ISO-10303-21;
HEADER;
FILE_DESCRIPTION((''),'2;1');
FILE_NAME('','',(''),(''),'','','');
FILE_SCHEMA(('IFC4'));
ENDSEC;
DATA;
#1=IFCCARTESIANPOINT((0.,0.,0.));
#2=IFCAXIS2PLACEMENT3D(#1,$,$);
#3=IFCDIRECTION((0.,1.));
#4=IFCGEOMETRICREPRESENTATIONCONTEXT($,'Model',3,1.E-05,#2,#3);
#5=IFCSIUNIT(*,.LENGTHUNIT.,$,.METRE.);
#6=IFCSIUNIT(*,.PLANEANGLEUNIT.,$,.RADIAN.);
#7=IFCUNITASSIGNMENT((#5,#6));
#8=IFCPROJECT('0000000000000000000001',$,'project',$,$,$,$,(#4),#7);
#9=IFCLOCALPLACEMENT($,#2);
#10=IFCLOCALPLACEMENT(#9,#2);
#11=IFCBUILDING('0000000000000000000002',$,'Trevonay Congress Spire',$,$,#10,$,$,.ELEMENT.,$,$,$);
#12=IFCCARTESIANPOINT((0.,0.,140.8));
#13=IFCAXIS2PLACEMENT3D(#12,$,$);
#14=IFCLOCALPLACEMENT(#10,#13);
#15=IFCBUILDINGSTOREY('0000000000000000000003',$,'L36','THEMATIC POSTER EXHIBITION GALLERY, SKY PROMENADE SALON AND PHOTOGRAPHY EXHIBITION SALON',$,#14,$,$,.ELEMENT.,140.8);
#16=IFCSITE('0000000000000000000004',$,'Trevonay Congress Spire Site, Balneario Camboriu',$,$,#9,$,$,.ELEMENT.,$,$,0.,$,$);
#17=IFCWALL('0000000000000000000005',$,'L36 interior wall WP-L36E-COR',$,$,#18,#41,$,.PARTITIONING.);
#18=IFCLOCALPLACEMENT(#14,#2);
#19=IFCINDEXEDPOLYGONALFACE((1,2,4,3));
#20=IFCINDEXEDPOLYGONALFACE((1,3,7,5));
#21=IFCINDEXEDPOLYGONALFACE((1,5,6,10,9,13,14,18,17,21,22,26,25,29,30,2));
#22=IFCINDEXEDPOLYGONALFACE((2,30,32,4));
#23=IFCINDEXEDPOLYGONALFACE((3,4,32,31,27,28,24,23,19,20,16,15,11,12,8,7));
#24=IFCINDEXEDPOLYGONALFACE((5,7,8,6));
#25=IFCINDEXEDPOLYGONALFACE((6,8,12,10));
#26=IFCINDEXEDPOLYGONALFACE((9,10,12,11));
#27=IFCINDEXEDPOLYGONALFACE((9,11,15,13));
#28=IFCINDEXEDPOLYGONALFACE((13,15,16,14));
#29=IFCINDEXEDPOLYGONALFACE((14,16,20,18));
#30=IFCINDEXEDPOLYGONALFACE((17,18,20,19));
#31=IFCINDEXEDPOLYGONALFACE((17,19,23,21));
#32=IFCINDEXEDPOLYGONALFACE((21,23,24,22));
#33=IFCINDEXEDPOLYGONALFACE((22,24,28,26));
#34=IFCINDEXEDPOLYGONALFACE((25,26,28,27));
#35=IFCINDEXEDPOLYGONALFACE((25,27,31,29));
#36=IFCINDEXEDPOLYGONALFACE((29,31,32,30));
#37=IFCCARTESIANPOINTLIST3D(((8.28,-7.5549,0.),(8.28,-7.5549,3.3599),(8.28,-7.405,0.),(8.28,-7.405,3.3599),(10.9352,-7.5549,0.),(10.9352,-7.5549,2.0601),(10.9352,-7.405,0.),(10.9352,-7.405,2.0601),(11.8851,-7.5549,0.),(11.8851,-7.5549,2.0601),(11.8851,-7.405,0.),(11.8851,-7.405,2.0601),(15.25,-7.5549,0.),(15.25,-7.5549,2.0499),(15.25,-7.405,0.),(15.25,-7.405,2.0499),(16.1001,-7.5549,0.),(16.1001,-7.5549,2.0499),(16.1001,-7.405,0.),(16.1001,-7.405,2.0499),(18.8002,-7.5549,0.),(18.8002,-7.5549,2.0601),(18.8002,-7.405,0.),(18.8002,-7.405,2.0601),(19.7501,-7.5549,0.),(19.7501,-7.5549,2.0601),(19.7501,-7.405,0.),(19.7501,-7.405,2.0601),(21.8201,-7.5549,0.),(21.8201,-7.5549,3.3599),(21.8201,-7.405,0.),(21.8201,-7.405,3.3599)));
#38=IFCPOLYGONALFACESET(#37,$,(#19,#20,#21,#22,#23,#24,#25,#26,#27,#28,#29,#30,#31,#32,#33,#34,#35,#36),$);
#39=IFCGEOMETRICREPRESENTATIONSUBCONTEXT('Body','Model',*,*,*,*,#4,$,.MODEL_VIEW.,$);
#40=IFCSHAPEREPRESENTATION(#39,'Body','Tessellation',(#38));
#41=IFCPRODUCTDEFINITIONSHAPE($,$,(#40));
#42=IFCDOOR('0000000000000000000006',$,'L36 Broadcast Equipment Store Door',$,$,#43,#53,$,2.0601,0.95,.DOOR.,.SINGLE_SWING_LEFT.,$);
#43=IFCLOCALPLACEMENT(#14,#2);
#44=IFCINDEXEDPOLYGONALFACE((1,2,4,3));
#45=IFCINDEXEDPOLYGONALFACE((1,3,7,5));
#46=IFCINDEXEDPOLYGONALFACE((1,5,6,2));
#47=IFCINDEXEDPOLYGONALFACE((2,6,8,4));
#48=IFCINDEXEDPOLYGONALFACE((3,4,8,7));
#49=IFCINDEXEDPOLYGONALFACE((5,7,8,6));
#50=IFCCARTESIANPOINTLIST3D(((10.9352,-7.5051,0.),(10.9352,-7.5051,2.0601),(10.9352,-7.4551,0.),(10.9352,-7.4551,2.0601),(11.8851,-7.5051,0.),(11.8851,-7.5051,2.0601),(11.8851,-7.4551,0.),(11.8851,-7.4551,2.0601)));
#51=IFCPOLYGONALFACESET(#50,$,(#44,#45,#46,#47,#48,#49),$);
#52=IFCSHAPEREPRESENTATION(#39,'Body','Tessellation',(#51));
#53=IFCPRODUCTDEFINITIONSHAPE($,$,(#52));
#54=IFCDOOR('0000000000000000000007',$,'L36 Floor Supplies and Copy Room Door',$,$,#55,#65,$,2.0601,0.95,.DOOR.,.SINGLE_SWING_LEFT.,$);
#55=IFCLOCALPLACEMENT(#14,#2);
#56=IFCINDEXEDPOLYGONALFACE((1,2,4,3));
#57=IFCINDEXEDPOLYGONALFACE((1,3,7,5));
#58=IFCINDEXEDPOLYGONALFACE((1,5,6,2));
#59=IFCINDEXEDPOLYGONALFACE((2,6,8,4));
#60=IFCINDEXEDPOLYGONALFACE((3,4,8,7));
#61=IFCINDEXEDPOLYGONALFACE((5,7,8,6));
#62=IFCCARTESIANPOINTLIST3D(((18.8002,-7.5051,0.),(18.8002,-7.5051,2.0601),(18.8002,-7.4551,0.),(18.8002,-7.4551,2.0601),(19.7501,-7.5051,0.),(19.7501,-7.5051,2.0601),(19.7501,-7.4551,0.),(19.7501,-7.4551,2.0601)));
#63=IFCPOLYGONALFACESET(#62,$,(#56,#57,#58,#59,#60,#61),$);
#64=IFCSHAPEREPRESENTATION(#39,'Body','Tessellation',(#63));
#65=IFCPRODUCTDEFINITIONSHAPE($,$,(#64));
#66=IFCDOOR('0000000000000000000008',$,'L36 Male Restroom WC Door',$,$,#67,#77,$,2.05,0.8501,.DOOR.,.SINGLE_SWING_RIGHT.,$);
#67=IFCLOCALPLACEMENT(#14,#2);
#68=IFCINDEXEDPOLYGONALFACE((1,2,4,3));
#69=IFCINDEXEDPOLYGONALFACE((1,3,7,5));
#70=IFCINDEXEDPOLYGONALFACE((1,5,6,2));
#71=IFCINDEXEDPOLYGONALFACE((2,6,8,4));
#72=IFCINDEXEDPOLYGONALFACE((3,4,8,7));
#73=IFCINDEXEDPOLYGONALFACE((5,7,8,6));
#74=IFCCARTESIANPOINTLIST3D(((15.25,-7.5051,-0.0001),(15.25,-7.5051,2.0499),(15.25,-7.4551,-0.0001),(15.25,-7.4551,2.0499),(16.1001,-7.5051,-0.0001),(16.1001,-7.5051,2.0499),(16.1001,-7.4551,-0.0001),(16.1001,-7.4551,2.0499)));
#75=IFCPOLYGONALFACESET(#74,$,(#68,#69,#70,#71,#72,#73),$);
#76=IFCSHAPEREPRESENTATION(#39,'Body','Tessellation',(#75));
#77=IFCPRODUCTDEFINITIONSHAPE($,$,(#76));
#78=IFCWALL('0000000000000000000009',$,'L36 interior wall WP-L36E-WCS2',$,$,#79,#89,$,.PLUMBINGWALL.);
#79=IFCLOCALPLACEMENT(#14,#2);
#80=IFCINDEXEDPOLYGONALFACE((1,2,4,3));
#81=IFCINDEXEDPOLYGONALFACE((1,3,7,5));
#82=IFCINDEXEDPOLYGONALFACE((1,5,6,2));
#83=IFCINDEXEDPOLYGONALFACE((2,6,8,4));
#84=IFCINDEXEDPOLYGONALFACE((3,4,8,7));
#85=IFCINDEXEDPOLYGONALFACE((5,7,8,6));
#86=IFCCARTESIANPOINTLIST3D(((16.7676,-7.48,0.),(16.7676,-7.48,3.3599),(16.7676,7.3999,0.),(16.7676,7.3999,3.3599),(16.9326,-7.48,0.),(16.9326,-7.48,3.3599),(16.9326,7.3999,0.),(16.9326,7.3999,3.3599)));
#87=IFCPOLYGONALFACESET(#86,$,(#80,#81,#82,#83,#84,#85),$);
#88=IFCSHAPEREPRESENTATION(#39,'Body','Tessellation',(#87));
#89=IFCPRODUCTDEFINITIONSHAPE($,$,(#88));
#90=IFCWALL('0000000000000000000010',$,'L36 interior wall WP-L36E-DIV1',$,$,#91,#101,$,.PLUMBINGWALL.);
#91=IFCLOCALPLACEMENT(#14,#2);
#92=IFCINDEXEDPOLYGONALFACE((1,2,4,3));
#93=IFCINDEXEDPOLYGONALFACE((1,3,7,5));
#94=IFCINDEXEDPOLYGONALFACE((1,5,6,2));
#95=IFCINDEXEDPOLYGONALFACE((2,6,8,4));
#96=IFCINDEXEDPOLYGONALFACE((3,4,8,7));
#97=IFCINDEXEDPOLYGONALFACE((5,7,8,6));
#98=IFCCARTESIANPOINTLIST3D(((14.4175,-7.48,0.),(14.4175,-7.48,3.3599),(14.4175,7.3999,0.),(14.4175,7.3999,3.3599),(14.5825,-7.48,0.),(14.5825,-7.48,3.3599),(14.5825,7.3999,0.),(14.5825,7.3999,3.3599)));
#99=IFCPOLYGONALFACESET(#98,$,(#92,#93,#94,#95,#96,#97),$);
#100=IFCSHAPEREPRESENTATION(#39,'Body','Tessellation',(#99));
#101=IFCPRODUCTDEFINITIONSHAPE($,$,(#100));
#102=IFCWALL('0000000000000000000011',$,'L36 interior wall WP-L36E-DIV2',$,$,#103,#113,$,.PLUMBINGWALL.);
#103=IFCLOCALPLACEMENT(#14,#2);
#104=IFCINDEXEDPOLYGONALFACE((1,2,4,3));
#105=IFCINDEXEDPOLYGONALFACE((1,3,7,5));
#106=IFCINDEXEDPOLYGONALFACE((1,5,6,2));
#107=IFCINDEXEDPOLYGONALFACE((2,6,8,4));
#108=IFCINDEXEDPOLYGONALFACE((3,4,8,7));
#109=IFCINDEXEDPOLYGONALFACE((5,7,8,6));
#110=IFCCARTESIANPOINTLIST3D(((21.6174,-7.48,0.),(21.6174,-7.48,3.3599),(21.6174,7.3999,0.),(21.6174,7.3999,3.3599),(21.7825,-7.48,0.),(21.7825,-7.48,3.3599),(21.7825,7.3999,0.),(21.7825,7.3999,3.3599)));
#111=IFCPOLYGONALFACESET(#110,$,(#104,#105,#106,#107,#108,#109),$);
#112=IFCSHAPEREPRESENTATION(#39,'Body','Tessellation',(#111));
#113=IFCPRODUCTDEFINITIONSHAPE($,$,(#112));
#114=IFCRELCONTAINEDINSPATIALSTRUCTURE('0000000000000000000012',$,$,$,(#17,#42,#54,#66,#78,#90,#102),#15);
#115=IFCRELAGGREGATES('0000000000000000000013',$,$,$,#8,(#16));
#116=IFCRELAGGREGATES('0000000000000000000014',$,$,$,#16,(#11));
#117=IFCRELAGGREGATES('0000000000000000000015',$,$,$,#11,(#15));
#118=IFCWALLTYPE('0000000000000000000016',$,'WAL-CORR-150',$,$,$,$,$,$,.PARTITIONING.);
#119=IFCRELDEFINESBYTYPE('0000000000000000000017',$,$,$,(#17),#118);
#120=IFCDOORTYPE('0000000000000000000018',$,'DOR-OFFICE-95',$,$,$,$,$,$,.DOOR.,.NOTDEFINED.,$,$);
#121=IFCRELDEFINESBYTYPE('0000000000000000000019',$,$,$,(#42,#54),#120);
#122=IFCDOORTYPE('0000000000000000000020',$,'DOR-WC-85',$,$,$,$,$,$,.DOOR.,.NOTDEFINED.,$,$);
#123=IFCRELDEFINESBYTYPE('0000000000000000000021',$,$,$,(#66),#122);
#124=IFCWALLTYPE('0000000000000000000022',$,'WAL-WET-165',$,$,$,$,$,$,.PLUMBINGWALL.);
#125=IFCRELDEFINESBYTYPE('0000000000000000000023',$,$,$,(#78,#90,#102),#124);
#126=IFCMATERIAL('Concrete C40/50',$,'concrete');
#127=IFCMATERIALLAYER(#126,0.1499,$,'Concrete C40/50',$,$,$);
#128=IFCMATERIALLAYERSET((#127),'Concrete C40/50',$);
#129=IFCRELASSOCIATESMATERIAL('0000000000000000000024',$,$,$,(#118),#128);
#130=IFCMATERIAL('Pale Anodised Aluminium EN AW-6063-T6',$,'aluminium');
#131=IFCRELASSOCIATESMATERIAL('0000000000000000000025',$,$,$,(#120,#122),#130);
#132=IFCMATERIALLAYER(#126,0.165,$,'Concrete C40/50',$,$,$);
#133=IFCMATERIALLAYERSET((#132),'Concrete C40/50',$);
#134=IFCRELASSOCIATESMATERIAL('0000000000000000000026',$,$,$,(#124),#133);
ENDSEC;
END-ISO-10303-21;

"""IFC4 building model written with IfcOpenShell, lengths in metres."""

from ifc_helpers import new_model, si_unit, direction, frame, frame_2d, origin, place, context, subcontext, project, spatial, rectangle, extrude, material, layer, layer_set, type_object, element, fill, save


model = new_model("IFC4")

# Units and contexts
model_context = context("Model", 3, precision=1e-05, world=origin(), true_north=direction((0.0, 1.0)))
body_context = subcontext(model_context, "Body", "Model", "MODEL_VIEW")
ifc_project = project(units=[si_unit("LENGTHUNIT", "METRE"), si_unit("PLANEANGLEUNIT", "RADIAN")], contexts=[model_context])

# Site, building, storey
site_placement = place(None, origin())
site = spatial("IfcSite", under=ifc_project, at=site_placement, Name="Trevonay Congress Spire Site, Balneario Camboriu", CompositionType="ELEMENT", RefElevation=0.0)
building_placement = place(site_placement, origin())
building = spatial("IfcBuilding", under=site, at=building_placement, Name="Trevonay Congress Spire", CompositionType="ELEMENT")
storey_placement = place(building_placement, frame((0.0, 0.0, 140.8)))
storey = spatial("IfcBuildingStorey", under=building, at=storey_placement, Name="L36", Description="THEMATIC POSTER EXHIBITION GALLERY, SKY PROMENADE SALON AND PHOTOGRAPHY EXHIBITION SALON", CompositionType="ELEMENT", Elevation=140.8)

# Shared definitions
ifc_material_1 = material(Name="Pale Anodised Aluminium EN AW-6063-T6", Category="aluminium")

# Wall, openings, doors
ifc_material_2 = material(Name="Concrete C40/50", Category="concrete")
ifc_layer_1 = layer(ifc_material_2, 0.1499, Name="Concrete C40/50")
ifc_layer_set_1 = layer_set([ifc_layer_1], Name="Concrete C40/50")
wall_type_1 = type_object("IfcWallType", Name="WAL-CORR-150", PredefinedType="PARTITIONING", material=ifc_layer_set_1)
wall_placement = place(storey_placement, frame((8.28, -7.48, 0.0), z_axis=(0.0, 0.0, 1.0), x_axis=(1.0, 0.0, 0.0)))
wall = element("IfcWall", 1, at=wall_placement, inside=storey, type_object=wall_type_1, Name="L36 interior wall WP-L36E-COR", PredefinedType="PARTITIONING", context=body_context, shape_type="SweptSolid", body=[
    extrude(rectangle(XDim=13.54, YDim=0.1499, at=frame_2d((6.77, 0.0))), origin(), (0.0, 0.0, 1.0), 3.3599),
])
opening_1_placement = place(wall_placement, frame((2.655, 0.0, 0.0)))
opening_1 = element("IfcOpeningElement", 2, at=opening_1_placement, cuts=wall, PredefinedType="OPENING", context=body_context, shape_type="SweptSolid", body=[
    extrude(rectangle(XDim=0.95, YDim=2.0601, at=frame_2d((0.4751, 1.03))), frame((0.0, 0.085, 0.0), z_axis=(0.0, -1.0, 0.0), x_axis=(1.0, 0.0, 0.0)), (0.0, 0.0, 1.0), 0.1699),
])
opening_2_placement = place(wall_placement, frame((6.97, 0.0, 0.0)))
opening_2 = element("IfcOpeningElement", 3, at=opening_2_placement, cuts=wall, PredefinedType="OPENING", context=body_context, shape_type="SweptSolid", body=[
    extrude(rectangle(XDim=0.8501, YDim=2.05, at=frame_2d((0.425, 1.0249))), frame((0.0, 0.085, 0.0), z_axis=(0.0, -1.0, 0.0), x_axis=(1.0, 0.0, 0.0)), (0.0, 0.0, 1.0), 0.1699),
])
opening_3_placement = place(wall_placement, frame((10.52, 0.0, 0.0)))
opening_3 = element("IfcOpeningElement", 4, at=opening_3_placement, cuts=wall, PredefinedType="OPENING", context=body_context, shape_type="SweptSolid", body=[
    extrude(rectangle(XDim=0.95, YDim=2.0601, at=frame_2d((0.4751, 1.03))), frame((0.0, 0.085, 0.0), z_axis=(0.0, -1.0, 0.0), x_axis=(1.0, 0.0, 0.0)), (0.0, 0.0, 1.0), 0.1699),
])
door_type_1 = type_object("IfcDoorType", Name="DOR-OFFICE-95", OperationType="NOTDEFINED", PredefinedType="DOOR", material=ifc_material_1)
door_1_placement = place(opening_1_placement, origin())
door_1 = element("IfcDoor", 5, at=door_1_placement, inside=storey, type_object=door_type_1, Name="L36 Broadcast Equipment Store Door", OperationType="SINGLE_SWING_LEFT", OverallHeight=2.0601, OverallWidth=0.95, PredefinedType="DOOR", context=body_context, shape_type="SweptSolid", body=[
    extrude(rectangle(XDim=0.95, YDim=2.0601, at=frame_2d((0.4751, 1.03))), frame((0.0, 0.0249, 0.0), z_axis=(0.0, -1.0, 0.0), x_axis=(1.0, 0.0, 0.0)), (0.0, 0.0, 1.0), 0.05),
])
fill(opening_1, door_1)
door_2_placement = place(opening_3_placement, origin())
door_2 = element("IfcDoor", 6, at=door_2_placement, inside=storey, type_object=door_type_1, Name="L36 Floor Supplies and Copy Room Door", OperationType="SINGLE_SWING_LEFT", OverallHeight=2.0601, OverallWidth=0.95, PredefinedType="DOOR", context=body_context, shape_type="SweptSolid", body=[
    extrude(rectangle(XDim=0.95, YDim=2.0601, at=frame_2d((0.4751, 1.03))), frame((0.0, 0.0249, 0.0), z_axis=(0.0, -1.0, 0.0), x_axis=(1.0, 0.0, 0.0)), (0.0, 0.0, 1.0), 0.05),
])
fill(opening_3, door_2)
door_type_2 = type_object("IfcDoorType", Name="DOR-WC-85", OperationType="NOTDEFINED", PredefinedType="DOOR", material=ifc_material_1)
door_3_placement = place(opening_2_placement, origin())
door_3 = element("IfcDoor", 7, at=door_3_placement, inside=storey, type_object=door_type_2, Name="L36 Male Restroom WC Door", OperationType="SINGLE_SWING_RIGHT", OverallHeight=2.05, OverallWidth=0.8501, PredefinedType="DOOR", context=body_context, shape_type="SweptSolid", body=[
    extrude(rectangle(XDim=0.8501, YDim=2.05, at=frame_2d((0.425, 1.0249))), frame((0.0, 0.0249, 0.0), z_axis=(0.0, -1.0, 0.0), x_axis=(1.0, 0.0, 0.0)), (0.0, 0.0, 1.0), 0.05),
])
fill(opening_2, door_3)

# Walls
ifc_layer_2 = layer(ifc_material_2, 0.165, Name="Concrete C40/50")
ifc_layer_set_2 = layer_set([ifc_layer_2], Name="Concrete C40/50")
wall_type_2 = type_object("IfcWallType", Name="WAL-WET-165", PredefinedType="PLUMBINGWALL", material=ifc_layer_set_2)
for number, where, z_axis, x_axis, name in (
    (8, (16.8501, -7.48, 0.0), (0.0, 0.0, 1.0), (0.0, 1.0, 0.0), "L36 interior wall WP-L36E-WCS2"),
    (9, (14.5, -7.48, 0.0), (0.0, 0.0, 1.0), (0.0, 1.0, 0.0), "L36 interior wall WP-L36E-DIV1"),
    (10, (21.7, -7.48, 0.0), (0.0, 0.0, 1.0), (0.0, 1.0, 0.0), "L36 interior wall WP-L36E-DIV2"),
):
    element("IfcWall", number, at=place(storey_placement, frame(where, z_axis=z_axis, x_axis=x_axis)), inside=storey, type_object=wall_type_2, Name=name, PredefinedType="PLUMBINGWALL", context=body_context, shape_type="SweptSolid", body=[
        extrude(rectangle(XDim=14.8799, YDim=0.165, at=frame_2d((7.4399, 0.0))), origin(), (0.0, 0.0, 1.0), 3.3599),
    ])

save(model, "model.ifc")
